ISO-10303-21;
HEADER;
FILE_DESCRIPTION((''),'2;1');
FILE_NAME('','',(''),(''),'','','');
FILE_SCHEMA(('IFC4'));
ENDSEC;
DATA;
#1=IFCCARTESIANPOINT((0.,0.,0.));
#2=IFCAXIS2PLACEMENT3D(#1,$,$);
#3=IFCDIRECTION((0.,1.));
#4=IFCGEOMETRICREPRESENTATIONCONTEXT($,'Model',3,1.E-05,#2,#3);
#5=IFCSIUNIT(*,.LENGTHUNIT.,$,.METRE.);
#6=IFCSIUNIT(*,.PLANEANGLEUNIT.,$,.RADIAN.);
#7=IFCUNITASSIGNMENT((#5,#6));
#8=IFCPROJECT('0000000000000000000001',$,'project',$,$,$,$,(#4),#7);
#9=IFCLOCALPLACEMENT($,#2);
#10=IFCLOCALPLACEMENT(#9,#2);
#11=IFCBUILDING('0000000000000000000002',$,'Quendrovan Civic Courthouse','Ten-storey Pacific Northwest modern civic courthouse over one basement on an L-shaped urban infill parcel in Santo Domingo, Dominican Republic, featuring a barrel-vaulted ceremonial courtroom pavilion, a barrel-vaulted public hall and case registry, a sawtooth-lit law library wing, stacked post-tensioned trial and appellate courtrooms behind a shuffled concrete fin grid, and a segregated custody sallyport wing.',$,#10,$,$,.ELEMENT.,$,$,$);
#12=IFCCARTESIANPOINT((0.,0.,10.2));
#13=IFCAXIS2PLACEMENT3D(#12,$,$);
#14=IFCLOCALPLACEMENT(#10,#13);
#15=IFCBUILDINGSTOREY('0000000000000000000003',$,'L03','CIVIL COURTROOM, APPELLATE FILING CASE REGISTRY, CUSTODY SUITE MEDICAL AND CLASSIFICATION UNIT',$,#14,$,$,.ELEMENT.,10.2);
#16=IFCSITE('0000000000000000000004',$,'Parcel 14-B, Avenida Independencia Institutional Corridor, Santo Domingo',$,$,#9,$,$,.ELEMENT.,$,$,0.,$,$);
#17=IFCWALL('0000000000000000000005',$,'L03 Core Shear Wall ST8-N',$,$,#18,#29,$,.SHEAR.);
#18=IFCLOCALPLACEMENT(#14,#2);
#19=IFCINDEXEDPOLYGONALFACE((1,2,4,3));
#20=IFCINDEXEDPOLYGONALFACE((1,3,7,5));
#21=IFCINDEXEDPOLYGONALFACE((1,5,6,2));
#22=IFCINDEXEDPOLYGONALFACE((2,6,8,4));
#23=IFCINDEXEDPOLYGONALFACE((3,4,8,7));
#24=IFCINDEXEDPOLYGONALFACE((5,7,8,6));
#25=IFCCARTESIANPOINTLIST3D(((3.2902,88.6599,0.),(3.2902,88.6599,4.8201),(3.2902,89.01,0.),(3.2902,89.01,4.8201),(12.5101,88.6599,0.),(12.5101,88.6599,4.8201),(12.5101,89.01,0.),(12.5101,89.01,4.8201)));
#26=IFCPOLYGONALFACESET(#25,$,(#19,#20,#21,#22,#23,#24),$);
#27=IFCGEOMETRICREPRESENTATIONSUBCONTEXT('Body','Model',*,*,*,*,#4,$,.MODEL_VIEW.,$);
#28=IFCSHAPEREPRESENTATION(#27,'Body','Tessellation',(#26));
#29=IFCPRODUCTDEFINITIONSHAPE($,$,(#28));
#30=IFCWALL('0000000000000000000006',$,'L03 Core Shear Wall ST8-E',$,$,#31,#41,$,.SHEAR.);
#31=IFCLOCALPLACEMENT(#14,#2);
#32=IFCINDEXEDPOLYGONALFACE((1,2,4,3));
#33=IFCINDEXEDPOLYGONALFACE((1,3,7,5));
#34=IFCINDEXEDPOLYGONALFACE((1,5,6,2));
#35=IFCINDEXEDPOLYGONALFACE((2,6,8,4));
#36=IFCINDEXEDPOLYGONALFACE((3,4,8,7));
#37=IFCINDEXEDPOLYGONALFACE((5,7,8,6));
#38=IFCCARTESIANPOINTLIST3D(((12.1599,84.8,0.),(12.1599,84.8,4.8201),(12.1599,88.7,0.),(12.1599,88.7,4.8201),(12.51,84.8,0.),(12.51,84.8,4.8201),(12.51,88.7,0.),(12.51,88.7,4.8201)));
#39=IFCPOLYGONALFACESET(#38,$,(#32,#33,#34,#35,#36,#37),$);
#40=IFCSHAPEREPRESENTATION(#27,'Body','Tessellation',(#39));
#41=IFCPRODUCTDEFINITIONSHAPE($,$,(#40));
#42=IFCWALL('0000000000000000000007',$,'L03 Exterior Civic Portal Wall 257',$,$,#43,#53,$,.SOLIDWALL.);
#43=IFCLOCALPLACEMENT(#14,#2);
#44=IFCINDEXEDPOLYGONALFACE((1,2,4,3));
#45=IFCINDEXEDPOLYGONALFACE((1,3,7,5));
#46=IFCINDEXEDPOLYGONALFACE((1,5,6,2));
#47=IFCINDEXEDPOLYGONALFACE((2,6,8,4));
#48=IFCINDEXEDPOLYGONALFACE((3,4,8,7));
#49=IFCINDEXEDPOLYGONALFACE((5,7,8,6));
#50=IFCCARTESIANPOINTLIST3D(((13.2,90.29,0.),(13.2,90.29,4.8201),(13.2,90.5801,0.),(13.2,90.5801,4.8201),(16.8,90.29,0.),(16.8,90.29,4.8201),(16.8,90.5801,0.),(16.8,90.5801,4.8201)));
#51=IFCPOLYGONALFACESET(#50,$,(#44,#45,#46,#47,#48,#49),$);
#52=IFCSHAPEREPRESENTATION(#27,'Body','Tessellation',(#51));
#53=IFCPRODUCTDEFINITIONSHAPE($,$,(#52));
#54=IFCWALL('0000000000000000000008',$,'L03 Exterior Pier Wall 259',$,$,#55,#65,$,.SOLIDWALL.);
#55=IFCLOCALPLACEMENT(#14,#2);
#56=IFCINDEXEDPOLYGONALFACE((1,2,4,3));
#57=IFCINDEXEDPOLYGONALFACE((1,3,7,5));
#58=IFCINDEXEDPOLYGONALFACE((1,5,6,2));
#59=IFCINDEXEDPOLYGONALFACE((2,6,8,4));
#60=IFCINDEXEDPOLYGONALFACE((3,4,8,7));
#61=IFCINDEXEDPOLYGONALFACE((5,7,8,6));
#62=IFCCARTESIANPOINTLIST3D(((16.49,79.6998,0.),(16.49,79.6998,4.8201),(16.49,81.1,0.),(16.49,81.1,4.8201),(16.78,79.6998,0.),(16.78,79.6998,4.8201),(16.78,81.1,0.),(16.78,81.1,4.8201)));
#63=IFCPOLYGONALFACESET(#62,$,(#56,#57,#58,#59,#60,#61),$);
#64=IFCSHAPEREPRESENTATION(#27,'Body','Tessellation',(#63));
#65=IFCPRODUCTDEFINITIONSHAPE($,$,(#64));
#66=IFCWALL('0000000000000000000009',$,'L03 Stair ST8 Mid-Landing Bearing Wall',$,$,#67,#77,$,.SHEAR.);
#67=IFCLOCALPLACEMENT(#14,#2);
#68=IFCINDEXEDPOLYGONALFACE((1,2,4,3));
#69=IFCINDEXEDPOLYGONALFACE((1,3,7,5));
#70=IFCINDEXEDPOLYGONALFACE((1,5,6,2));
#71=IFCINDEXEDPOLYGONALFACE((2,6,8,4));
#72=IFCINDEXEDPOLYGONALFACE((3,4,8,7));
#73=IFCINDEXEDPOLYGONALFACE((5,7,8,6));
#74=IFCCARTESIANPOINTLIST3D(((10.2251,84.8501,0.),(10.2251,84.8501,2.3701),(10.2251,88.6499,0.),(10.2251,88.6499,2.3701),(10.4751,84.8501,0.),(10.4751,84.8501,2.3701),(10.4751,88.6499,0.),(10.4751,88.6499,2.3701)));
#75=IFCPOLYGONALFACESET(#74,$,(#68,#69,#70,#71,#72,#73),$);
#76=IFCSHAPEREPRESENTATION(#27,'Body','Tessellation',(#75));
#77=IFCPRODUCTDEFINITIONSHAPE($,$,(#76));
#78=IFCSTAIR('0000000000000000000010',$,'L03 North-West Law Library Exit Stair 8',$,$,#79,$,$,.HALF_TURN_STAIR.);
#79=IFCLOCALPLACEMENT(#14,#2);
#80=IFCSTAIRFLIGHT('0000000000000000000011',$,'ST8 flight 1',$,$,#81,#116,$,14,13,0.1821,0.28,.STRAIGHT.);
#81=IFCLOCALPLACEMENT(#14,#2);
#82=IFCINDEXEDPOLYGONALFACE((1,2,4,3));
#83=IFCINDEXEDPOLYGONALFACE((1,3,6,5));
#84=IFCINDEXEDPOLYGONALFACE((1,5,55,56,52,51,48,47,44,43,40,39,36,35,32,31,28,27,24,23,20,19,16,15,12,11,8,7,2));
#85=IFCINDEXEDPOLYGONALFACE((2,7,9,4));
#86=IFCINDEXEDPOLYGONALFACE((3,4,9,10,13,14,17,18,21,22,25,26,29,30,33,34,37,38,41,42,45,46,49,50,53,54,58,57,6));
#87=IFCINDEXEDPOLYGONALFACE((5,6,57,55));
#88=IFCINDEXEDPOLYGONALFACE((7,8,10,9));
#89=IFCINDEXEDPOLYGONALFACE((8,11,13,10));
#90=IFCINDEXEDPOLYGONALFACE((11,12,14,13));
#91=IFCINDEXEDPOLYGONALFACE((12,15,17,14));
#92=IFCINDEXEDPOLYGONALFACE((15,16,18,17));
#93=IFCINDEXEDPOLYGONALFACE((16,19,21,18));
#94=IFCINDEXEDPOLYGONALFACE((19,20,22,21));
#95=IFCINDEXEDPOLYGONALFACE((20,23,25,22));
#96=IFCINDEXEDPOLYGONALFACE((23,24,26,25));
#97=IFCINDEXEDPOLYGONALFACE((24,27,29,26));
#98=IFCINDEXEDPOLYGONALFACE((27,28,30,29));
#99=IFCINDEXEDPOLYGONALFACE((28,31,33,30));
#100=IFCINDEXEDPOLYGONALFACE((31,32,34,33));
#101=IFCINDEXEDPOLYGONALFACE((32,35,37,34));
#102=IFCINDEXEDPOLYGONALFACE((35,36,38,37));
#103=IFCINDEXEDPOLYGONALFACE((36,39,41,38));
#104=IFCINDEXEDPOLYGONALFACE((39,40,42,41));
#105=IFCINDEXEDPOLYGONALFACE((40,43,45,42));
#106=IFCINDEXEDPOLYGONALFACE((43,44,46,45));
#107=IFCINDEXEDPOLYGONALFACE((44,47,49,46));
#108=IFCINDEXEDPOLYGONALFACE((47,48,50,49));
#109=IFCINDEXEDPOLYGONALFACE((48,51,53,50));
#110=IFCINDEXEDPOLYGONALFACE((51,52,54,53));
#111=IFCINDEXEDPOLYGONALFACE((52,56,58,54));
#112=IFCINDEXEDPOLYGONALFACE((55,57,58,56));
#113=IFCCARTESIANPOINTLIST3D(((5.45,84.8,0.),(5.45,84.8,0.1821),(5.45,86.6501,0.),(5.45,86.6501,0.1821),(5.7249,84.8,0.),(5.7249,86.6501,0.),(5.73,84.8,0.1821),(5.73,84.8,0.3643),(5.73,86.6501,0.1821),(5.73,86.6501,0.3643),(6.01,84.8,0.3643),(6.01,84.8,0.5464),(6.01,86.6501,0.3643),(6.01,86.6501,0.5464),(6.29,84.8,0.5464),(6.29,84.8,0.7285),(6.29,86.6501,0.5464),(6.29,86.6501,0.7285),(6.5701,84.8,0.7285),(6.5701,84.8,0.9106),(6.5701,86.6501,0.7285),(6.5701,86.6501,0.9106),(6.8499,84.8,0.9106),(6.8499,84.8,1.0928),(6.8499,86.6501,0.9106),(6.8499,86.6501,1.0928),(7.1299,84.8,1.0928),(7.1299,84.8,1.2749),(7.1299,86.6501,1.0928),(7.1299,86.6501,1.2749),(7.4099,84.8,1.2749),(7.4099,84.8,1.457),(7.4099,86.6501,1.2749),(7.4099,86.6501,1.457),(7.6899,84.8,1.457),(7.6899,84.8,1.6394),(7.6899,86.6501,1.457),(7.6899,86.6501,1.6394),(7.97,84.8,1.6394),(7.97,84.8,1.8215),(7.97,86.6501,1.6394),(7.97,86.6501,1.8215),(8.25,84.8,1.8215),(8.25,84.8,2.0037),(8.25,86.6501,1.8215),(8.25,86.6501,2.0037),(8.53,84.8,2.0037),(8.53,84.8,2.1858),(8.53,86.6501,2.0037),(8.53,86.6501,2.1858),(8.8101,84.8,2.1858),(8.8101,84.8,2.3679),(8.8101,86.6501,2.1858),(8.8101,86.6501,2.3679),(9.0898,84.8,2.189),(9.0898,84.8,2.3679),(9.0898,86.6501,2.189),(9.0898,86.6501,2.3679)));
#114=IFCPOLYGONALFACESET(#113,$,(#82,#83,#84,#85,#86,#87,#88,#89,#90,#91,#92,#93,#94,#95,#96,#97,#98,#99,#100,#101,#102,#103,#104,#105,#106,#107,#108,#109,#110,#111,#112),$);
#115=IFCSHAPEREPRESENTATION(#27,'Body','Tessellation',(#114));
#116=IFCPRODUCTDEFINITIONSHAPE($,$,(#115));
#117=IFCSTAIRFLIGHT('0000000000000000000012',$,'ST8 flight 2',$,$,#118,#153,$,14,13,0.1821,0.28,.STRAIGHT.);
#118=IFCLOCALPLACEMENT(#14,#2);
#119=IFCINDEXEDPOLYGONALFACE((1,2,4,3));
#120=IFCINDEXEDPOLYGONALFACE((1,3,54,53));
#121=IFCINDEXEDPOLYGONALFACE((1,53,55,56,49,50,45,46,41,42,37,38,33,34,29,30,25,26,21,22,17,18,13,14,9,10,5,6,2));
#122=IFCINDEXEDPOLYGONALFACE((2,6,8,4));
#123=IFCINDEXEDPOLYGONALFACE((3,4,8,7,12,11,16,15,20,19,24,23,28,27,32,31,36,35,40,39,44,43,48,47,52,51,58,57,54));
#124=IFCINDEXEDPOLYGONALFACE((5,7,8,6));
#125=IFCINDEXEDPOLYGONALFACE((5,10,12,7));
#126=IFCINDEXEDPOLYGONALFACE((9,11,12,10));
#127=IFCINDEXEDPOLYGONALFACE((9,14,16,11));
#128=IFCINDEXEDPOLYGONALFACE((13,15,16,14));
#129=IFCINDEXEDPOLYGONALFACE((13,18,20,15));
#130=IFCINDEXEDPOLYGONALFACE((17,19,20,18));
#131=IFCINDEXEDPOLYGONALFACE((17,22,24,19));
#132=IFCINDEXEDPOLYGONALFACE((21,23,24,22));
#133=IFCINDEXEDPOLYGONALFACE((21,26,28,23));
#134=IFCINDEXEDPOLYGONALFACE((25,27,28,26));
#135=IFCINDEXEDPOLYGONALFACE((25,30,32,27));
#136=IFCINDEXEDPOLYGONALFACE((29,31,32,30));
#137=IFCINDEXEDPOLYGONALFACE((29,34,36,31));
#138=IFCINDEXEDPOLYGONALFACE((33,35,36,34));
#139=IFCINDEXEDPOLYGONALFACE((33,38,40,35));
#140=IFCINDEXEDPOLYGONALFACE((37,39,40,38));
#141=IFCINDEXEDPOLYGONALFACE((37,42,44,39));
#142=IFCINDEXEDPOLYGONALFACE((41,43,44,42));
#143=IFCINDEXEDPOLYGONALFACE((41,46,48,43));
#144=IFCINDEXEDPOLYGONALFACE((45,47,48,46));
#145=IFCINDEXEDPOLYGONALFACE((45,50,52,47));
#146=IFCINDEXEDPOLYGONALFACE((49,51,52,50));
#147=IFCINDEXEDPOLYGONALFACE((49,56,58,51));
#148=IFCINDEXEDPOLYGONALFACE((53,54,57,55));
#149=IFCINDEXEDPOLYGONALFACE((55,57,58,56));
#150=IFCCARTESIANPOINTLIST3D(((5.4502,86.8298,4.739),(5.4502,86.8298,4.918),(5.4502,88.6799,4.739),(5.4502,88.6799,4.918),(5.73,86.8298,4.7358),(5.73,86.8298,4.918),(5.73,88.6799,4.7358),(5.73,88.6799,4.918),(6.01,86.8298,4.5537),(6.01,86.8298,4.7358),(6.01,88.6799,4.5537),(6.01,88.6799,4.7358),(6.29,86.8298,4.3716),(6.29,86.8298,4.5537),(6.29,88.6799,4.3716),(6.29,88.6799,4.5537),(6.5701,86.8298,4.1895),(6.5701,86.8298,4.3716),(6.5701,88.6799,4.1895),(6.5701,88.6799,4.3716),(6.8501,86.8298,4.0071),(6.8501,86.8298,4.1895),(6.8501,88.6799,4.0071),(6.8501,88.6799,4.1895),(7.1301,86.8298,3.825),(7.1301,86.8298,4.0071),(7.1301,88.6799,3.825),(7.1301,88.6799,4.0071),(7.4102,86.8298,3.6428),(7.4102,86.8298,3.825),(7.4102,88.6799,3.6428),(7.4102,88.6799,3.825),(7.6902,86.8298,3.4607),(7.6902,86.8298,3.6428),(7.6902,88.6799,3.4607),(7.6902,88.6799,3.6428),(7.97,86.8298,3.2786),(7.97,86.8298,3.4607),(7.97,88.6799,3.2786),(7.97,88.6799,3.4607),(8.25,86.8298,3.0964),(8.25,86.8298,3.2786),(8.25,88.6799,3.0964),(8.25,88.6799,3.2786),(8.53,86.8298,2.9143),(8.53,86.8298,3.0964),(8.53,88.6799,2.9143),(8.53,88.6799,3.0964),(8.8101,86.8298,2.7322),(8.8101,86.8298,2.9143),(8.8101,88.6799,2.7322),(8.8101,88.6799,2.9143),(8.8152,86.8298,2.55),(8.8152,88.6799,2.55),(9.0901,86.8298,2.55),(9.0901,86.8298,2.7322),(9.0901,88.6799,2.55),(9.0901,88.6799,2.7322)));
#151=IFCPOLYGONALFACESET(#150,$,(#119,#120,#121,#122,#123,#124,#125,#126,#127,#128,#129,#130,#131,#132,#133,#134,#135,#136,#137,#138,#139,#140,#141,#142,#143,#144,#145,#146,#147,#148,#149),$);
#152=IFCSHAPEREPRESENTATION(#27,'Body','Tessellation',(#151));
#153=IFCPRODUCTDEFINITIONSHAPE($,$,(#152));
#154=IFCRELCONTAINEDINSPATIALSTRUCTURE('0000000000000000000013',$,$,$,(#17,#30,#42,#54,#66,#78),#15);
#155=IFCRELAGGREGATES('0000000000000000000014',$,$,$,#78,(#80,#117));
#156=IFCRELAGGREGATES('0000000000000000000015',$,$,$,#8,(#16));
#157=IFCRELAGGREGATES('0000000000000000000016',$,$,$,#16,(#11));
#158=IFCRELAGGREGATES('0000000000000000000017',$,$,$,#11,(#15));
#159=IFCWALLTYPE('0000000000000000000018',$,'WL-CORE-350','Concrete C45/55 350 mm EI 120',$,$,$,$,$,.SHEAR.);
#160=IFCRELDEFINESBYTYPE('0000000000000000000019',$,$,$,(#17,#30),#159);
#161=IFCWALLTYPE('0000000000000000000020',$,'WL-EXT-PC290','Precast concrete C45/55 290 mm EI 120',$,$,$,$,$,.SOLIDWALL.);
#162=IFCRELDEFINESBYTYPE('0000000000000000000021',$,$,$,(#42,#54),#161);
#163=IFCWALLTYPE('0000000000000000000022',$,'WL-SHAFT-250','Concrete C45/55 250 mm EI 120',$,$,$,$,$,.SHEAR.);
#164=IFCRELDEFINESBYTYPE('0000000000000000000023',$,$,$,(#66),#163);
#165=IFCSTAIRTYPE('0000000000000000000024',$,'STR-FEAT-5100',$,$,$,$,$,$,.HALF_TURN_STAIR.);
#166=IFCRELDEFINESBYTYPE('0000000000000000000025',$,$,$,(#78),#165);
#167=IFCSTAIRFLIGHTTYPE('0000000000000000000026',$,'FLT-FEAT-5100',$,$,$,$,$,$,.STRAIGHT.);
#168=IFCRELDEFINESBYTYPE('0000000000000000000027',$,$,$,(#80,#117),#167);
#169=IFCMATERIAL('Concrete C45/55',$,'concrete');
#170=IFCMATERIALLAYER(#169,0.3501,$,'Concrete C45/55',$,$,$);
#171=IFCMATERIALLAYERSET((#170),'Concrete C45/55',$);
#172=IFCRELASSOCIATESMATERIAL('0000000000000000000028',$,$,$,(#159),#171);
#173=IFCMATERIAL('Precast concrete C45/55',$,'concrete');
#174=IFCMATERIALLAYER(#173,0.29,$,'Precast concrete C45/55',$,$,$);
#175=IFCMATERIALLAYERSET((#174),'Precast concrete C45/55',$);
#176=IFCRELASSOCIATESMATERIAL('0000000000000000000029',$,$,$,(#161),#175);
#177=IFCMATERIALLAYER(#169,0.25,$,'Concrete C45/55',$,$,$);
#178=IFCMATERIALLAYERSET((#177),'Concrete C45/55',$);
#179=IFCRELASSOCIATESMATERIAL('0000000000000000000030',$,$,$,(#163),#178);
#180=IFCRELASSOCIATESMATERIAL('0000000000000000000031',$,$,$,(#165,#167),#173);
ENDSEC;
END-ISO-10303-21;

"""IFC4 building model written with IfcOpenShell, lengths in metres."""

from ifc_helpers import new_model, si_unit, direction, frame, frame_2d, origin, place, context, subcontext, project, spatial, polyline, rectangle, outline, extrude, material, layer, layer_set, type_object, element, aggregate, save


model = new_model("IFC4")

# Units and contexts
model_context = context("Model", 3, precision=1e-05, world=origin(), true_north=direction((0.0, 1.0)))
body_context = subcontext(model_context, "Body", "Model", "MODEL_VIEW")
ifc_project = project(units=[si_unit("LENGTHUNIT", "METRE"), si_unit("PLANEANGLEUNIT", "RADIAN")], contexts=[model_context])

# Site, building, storey
site_placement = place(None, origin())
site = spatial("IfcSite", under=ifc_project, at=site_placement, Name="Parcel 14-B, Avenida Independencia Institutional Corridor, Santo Domingo", CompositionType="ELEMENT", RefElevation=0.0)
building_placement = place(site_placement, origin())
building = spatial("IfcBuilding", under=site, at=building_placement, Name="Quendrovan Civic Courthouse", Description="Ten-storey Pacific Northwest modern civic courthouse over one basement on an L-shaped urban infill parcel in Santo Domingo, Dominican Republic, featuring a barrel-vaulted ceremonial courtroom pavilion, a barrel-vaulted public hall and case registry, a sawtooth-lit law library wing, stacked post-tensioned trial and appellate courtrooms behind a shuffled concrete fin grid, and a segregated custody sallyport wing.", CompositionType="ELEMENT")
storey_placement = place(building_placement, frame((0.0, 0.0, 10.2)))
storey = spatial("IfcBuildingStorey", under=building, at=storey_placement, Name="L03", Description="CIVIL COURTROOM, APPELLATE FILING CASE REGISTRY, CUSTODY SUITE MEDICAL AND CLASSIFICATION UNIT", CompositionType="ELEMENT", Elevation=10.2)

# Walls
ifc_material_1 = material(Name="Concrete C45/55", Category="concrete")
ifc_layer_1 = layer(ifc_material_1, 0.3501, Name="Concrete C45/55")
ifc_layer_set_1 = layer_set([ifc_layer_1], Name="Concrete C45/55")
wall_type_1 = type_object("IfcWallType", Name="WL-CORE-350", Description="Concrete C45/55 350 mm EI 120", PredefinedType="SHEAR", material=ifc_layer_set_1)
wall_1_placement = place(storey_placement, frame((12.51, 88.835, 0.0), z_axis=(0.0, 0.0, 1.0), x_axis=(-1.0, 0.0, 0.0)))
element("IfcWall", 1, at=wall_1_placement, inside=storey, type_object=wall_type_1, Name="L03 Core Shear Wall ST8-N", PredefinedType="SHEAR", context=body_context, shape_type="SweptSolid", body=[
    extrude(rectangle(XDim=9.22, YDim=0.3501, at=frame_2d((4.6099, 0.0))), origin(), (0.0, 0.0, 1.0), 4.8201),
])
wall_2_placement = place(storey_placement, frame((12.335, 88.7, 0.0), z_axis=(0.0, 0.0, 1.0), x_axis=(0.0, -1.0, 0.0)))
element("IfcWall", 2, at=wall_2_placement, inside=storey, type_object=wall_type_1, Name="L03 Core Shear Wall ST8-E", PredefinedType="SHEAR", context=body_context, shape_type="SweptSolid", body=[
    extrude(rectangle(XDim=3.8999, YDim=0.3501, at=frame_2d((1.95, 0.0))), origin(), (0.0, 0.0, 1.0), 4.8201),
])
ifc_material_2 = material(Name="Precast concrete C45/55", Category="concrete")
ifc_layer_2 = layer(ifc_material_2, 0.29, Name="Precast concrete C45/55")
ifc_layer_set_2 = layer_set([ifc_layer_2], Name="Precast concrete C45/55")
wall_type_2 = type_object("IfcWallType", Name="WL-EXT-PC290", Description="Precast concrete C45/55 290 mm EI 120", PredefinedType="SOLIDWALL", material=ifc_layer_set_2)
wall_3_placement = place(storey_placement, frame((13.2, 90.4351, 0.0), z_axis=(0.0, 0.0, 1.0), x_axis=(1.0, 0.0, 0.0)))
element("IfcWall", 3, at=wall_3_placement, inside=storey, type_object=wall_type_2, Name="L03 Exterior Civic Portal Wall 257", PredefinedType="SOLIDWALL", context=body_context, shape_type="SweptSolid", body=[
    extrude(rectangle(XDim=3.6001, YDim=0.29, at=frame_2d((1.8, 0.0))), origin(), (0.0, 0.0, 1.0), 4.8201),
])
wall_4_placement = place(storey_placement, frame((16.635, 81.1001, 0.0), z_axis=(0.0, 0.0, 1.0), x_axis=(0.0, -1.0, 0.0)))
element("IfcWall", 4, at=wall_4_placement, inside=storey, type_object=wall_type_2, Name="L03 Exterior Pier Wall 259", PredefinedType="SOLIDWALL", context=body_context, shape_type="SweptSolid", body=[
    extrude(rectangle(XDim=1.4001, YDim=0.29, at=frame_2d((0.7002, 0.0))), origin(), (0.0, 0.0, 1.0), 4.8201),
])
ifc_layer_3 = layer(ifc_material_1, 0.25, Name="Concrete C45/55")
ifc_layer_set_3 = layer_set([ifc_layer_3], Name="Concrete C45/55")
wall_type_3 = type_object("IfcWallType", Name="WL-SHAFT-250", Description="Concrete C45/55 250 mm EI 120", PredefinedType="SHEAR", material=ifc_layer_set_3)
wall_5_placement = place(storey_placement, frame((10.3501, 84.8501, 0.0), z_axis=(0.0, 0.0, 1.0), x_axis=(0.0, 1.0, 0.0)))
element("IfcWall", 5, at=wall_5_placement, inside=storey, type_object=wall_type_3, Name="L03 Stair ST8 Mid-Landing Bearing Wall", PredefinedType="SHEAR", context=body_context, shape_type="SweptSolid", body=[
    extrude(rectangle(XDim=3.7998, YDim=0.25, at=frame_2d((1.8999, 0.0))), origin(), (0.0, 0.0, 1.0), 2.3701),
])

# Stair, stair flights
stair_type = type_object("IfcStairType", Name="STR-FEAT-5100", PredefinedType="HALF_TURN_STAIR", material=ifc_material_2)
stair_placement = place(storey_placement, origin())
stair = element("IfcStair", 6, at=stair_placement, inside=storey, type_object=stair_type, Name="L03 North-West Law Library Exit Stair 8", PredefinedType="HALF_TURN_STAIR")
stair_flight_type = type_object("IfcStairFlightType", Name="FLT-FEAT-5100", PredefinedType="STRAIGHT", material=ifc_material_2)
stair_flight_1_placement = place(storey_placement, frame((5.45, 85.7251, 0.0), z_axis=(0.0, 0.0, 1.0), x_axis=(1.0, 0.0, 0.0)))
stair_flight_1 = element("IfcStairFlight", 7, at=stair_flight_1_placement, type_object=stair_flight_type, Name="ST8 flight 1", NumberOfRisers=14, NumberOfTreads=13, PredefinedType="STRAIGHT", RiserHeight=0.1821, TreadLength=0.28, context=body_context, shape_type="SweptSolid", body=[
    extrude(outline(polyline([(0.0, 0.0), (0.0, 0.1821), (0.28, 0.1821), (0.28, 0.3643), (0.5601, 0.3643), (0.5601, 0.5464), (0.8401, 0.5464), (0.8401, 0.7285), (1.1201, 0.7285), (1.1201, 0.9106), (1.3999, 0.9106), (1.3999, 1.0928), (1.6799, 1.0928), (1.6799, 1.2749), (1.96, 1.2749), (1.96, 1.457), (2.24, 1.457), (2.24, 1.6394), (2.52, 1.6394), (2.52, 1.8215), (2.8, 1.8215), (2.8, 2.0037), (3.0801, 2.0037), (3.0801, 2.1858), (3.3601, 2.1858), (3.3601, 2.3679), (3.6399, 2.3679), (3.6399, 2.55), (3.6399, 2.189), (0.2749, 0.0), (0.0, 0.0)])), frame((0.0, 0.925, 0.0), z_axis=(0.0, -1.0, 0.0), x_axis=(1.0, 0.0, 0.0)), (0.0, 0.0, 1.0), 1.8501),
])
stair_flight_2_placement = place(storey_placement, frame((9.0901, 87.7549, 2.55), z_axis=(0.0, 0.0, 1.0), x_axis=(-1.0, 0.0, 0.0)))
stair_flight_2 = element("IfcStairFlight", 8, at=stair_flight_2_placement, type_object=stair_flight_type, Name="ST8 flight 2", NumberOfRisers=14, NumberOfTreads=13, PredefinedType="STRAIGHT", RiserHeight=0.1821, TreadLength=0.28, context=body_context, shape_type="SweptSolid", body=[
    extrude(outline(polyline([(0.0, 0.0), (0.0, 0.1821), (0.28, 0.1821), (0.28, 0.3643), (0.5601, 0.3643), (0.5601, 0.5464), (0.8401, 0.5464), (0.8401, 0.7285), (1.1201, 0.7285), (1.1201, 0.9106), (1.3999, 0.9106), (1.3999, 1.0928), (1.6799, 1.0928), (1.6799, 1.2749), (1.96, 1.2749), (1.96, 1.457), (2.24, 1.457), (2.24, 1.6394), (2.52, 1.6394), (2.52, 1.8215), (2.8, 1.8215), (2.8, 2.0037), (3.0801, 2.0037), (3.0801, 2.1858), (3.3601, 2.1858), (3.3601, 2.3679), (3.6399, 2.3679), (3.6399, 2.55), (3.6399, 2.189), (0.2749, 0.0), (0.0, 0.0)])), frame((0.0, 0.925, 0.0), z_axis=(0.0, -1.0, 0.0), x_axis=(1.0, 0.0, 0.0)), (0.0, 0.0, 1.0), 1.8501),
])
aggregate(stair, [stair_flight_1, stair_flight_2])

save(model, "model.ifc")
